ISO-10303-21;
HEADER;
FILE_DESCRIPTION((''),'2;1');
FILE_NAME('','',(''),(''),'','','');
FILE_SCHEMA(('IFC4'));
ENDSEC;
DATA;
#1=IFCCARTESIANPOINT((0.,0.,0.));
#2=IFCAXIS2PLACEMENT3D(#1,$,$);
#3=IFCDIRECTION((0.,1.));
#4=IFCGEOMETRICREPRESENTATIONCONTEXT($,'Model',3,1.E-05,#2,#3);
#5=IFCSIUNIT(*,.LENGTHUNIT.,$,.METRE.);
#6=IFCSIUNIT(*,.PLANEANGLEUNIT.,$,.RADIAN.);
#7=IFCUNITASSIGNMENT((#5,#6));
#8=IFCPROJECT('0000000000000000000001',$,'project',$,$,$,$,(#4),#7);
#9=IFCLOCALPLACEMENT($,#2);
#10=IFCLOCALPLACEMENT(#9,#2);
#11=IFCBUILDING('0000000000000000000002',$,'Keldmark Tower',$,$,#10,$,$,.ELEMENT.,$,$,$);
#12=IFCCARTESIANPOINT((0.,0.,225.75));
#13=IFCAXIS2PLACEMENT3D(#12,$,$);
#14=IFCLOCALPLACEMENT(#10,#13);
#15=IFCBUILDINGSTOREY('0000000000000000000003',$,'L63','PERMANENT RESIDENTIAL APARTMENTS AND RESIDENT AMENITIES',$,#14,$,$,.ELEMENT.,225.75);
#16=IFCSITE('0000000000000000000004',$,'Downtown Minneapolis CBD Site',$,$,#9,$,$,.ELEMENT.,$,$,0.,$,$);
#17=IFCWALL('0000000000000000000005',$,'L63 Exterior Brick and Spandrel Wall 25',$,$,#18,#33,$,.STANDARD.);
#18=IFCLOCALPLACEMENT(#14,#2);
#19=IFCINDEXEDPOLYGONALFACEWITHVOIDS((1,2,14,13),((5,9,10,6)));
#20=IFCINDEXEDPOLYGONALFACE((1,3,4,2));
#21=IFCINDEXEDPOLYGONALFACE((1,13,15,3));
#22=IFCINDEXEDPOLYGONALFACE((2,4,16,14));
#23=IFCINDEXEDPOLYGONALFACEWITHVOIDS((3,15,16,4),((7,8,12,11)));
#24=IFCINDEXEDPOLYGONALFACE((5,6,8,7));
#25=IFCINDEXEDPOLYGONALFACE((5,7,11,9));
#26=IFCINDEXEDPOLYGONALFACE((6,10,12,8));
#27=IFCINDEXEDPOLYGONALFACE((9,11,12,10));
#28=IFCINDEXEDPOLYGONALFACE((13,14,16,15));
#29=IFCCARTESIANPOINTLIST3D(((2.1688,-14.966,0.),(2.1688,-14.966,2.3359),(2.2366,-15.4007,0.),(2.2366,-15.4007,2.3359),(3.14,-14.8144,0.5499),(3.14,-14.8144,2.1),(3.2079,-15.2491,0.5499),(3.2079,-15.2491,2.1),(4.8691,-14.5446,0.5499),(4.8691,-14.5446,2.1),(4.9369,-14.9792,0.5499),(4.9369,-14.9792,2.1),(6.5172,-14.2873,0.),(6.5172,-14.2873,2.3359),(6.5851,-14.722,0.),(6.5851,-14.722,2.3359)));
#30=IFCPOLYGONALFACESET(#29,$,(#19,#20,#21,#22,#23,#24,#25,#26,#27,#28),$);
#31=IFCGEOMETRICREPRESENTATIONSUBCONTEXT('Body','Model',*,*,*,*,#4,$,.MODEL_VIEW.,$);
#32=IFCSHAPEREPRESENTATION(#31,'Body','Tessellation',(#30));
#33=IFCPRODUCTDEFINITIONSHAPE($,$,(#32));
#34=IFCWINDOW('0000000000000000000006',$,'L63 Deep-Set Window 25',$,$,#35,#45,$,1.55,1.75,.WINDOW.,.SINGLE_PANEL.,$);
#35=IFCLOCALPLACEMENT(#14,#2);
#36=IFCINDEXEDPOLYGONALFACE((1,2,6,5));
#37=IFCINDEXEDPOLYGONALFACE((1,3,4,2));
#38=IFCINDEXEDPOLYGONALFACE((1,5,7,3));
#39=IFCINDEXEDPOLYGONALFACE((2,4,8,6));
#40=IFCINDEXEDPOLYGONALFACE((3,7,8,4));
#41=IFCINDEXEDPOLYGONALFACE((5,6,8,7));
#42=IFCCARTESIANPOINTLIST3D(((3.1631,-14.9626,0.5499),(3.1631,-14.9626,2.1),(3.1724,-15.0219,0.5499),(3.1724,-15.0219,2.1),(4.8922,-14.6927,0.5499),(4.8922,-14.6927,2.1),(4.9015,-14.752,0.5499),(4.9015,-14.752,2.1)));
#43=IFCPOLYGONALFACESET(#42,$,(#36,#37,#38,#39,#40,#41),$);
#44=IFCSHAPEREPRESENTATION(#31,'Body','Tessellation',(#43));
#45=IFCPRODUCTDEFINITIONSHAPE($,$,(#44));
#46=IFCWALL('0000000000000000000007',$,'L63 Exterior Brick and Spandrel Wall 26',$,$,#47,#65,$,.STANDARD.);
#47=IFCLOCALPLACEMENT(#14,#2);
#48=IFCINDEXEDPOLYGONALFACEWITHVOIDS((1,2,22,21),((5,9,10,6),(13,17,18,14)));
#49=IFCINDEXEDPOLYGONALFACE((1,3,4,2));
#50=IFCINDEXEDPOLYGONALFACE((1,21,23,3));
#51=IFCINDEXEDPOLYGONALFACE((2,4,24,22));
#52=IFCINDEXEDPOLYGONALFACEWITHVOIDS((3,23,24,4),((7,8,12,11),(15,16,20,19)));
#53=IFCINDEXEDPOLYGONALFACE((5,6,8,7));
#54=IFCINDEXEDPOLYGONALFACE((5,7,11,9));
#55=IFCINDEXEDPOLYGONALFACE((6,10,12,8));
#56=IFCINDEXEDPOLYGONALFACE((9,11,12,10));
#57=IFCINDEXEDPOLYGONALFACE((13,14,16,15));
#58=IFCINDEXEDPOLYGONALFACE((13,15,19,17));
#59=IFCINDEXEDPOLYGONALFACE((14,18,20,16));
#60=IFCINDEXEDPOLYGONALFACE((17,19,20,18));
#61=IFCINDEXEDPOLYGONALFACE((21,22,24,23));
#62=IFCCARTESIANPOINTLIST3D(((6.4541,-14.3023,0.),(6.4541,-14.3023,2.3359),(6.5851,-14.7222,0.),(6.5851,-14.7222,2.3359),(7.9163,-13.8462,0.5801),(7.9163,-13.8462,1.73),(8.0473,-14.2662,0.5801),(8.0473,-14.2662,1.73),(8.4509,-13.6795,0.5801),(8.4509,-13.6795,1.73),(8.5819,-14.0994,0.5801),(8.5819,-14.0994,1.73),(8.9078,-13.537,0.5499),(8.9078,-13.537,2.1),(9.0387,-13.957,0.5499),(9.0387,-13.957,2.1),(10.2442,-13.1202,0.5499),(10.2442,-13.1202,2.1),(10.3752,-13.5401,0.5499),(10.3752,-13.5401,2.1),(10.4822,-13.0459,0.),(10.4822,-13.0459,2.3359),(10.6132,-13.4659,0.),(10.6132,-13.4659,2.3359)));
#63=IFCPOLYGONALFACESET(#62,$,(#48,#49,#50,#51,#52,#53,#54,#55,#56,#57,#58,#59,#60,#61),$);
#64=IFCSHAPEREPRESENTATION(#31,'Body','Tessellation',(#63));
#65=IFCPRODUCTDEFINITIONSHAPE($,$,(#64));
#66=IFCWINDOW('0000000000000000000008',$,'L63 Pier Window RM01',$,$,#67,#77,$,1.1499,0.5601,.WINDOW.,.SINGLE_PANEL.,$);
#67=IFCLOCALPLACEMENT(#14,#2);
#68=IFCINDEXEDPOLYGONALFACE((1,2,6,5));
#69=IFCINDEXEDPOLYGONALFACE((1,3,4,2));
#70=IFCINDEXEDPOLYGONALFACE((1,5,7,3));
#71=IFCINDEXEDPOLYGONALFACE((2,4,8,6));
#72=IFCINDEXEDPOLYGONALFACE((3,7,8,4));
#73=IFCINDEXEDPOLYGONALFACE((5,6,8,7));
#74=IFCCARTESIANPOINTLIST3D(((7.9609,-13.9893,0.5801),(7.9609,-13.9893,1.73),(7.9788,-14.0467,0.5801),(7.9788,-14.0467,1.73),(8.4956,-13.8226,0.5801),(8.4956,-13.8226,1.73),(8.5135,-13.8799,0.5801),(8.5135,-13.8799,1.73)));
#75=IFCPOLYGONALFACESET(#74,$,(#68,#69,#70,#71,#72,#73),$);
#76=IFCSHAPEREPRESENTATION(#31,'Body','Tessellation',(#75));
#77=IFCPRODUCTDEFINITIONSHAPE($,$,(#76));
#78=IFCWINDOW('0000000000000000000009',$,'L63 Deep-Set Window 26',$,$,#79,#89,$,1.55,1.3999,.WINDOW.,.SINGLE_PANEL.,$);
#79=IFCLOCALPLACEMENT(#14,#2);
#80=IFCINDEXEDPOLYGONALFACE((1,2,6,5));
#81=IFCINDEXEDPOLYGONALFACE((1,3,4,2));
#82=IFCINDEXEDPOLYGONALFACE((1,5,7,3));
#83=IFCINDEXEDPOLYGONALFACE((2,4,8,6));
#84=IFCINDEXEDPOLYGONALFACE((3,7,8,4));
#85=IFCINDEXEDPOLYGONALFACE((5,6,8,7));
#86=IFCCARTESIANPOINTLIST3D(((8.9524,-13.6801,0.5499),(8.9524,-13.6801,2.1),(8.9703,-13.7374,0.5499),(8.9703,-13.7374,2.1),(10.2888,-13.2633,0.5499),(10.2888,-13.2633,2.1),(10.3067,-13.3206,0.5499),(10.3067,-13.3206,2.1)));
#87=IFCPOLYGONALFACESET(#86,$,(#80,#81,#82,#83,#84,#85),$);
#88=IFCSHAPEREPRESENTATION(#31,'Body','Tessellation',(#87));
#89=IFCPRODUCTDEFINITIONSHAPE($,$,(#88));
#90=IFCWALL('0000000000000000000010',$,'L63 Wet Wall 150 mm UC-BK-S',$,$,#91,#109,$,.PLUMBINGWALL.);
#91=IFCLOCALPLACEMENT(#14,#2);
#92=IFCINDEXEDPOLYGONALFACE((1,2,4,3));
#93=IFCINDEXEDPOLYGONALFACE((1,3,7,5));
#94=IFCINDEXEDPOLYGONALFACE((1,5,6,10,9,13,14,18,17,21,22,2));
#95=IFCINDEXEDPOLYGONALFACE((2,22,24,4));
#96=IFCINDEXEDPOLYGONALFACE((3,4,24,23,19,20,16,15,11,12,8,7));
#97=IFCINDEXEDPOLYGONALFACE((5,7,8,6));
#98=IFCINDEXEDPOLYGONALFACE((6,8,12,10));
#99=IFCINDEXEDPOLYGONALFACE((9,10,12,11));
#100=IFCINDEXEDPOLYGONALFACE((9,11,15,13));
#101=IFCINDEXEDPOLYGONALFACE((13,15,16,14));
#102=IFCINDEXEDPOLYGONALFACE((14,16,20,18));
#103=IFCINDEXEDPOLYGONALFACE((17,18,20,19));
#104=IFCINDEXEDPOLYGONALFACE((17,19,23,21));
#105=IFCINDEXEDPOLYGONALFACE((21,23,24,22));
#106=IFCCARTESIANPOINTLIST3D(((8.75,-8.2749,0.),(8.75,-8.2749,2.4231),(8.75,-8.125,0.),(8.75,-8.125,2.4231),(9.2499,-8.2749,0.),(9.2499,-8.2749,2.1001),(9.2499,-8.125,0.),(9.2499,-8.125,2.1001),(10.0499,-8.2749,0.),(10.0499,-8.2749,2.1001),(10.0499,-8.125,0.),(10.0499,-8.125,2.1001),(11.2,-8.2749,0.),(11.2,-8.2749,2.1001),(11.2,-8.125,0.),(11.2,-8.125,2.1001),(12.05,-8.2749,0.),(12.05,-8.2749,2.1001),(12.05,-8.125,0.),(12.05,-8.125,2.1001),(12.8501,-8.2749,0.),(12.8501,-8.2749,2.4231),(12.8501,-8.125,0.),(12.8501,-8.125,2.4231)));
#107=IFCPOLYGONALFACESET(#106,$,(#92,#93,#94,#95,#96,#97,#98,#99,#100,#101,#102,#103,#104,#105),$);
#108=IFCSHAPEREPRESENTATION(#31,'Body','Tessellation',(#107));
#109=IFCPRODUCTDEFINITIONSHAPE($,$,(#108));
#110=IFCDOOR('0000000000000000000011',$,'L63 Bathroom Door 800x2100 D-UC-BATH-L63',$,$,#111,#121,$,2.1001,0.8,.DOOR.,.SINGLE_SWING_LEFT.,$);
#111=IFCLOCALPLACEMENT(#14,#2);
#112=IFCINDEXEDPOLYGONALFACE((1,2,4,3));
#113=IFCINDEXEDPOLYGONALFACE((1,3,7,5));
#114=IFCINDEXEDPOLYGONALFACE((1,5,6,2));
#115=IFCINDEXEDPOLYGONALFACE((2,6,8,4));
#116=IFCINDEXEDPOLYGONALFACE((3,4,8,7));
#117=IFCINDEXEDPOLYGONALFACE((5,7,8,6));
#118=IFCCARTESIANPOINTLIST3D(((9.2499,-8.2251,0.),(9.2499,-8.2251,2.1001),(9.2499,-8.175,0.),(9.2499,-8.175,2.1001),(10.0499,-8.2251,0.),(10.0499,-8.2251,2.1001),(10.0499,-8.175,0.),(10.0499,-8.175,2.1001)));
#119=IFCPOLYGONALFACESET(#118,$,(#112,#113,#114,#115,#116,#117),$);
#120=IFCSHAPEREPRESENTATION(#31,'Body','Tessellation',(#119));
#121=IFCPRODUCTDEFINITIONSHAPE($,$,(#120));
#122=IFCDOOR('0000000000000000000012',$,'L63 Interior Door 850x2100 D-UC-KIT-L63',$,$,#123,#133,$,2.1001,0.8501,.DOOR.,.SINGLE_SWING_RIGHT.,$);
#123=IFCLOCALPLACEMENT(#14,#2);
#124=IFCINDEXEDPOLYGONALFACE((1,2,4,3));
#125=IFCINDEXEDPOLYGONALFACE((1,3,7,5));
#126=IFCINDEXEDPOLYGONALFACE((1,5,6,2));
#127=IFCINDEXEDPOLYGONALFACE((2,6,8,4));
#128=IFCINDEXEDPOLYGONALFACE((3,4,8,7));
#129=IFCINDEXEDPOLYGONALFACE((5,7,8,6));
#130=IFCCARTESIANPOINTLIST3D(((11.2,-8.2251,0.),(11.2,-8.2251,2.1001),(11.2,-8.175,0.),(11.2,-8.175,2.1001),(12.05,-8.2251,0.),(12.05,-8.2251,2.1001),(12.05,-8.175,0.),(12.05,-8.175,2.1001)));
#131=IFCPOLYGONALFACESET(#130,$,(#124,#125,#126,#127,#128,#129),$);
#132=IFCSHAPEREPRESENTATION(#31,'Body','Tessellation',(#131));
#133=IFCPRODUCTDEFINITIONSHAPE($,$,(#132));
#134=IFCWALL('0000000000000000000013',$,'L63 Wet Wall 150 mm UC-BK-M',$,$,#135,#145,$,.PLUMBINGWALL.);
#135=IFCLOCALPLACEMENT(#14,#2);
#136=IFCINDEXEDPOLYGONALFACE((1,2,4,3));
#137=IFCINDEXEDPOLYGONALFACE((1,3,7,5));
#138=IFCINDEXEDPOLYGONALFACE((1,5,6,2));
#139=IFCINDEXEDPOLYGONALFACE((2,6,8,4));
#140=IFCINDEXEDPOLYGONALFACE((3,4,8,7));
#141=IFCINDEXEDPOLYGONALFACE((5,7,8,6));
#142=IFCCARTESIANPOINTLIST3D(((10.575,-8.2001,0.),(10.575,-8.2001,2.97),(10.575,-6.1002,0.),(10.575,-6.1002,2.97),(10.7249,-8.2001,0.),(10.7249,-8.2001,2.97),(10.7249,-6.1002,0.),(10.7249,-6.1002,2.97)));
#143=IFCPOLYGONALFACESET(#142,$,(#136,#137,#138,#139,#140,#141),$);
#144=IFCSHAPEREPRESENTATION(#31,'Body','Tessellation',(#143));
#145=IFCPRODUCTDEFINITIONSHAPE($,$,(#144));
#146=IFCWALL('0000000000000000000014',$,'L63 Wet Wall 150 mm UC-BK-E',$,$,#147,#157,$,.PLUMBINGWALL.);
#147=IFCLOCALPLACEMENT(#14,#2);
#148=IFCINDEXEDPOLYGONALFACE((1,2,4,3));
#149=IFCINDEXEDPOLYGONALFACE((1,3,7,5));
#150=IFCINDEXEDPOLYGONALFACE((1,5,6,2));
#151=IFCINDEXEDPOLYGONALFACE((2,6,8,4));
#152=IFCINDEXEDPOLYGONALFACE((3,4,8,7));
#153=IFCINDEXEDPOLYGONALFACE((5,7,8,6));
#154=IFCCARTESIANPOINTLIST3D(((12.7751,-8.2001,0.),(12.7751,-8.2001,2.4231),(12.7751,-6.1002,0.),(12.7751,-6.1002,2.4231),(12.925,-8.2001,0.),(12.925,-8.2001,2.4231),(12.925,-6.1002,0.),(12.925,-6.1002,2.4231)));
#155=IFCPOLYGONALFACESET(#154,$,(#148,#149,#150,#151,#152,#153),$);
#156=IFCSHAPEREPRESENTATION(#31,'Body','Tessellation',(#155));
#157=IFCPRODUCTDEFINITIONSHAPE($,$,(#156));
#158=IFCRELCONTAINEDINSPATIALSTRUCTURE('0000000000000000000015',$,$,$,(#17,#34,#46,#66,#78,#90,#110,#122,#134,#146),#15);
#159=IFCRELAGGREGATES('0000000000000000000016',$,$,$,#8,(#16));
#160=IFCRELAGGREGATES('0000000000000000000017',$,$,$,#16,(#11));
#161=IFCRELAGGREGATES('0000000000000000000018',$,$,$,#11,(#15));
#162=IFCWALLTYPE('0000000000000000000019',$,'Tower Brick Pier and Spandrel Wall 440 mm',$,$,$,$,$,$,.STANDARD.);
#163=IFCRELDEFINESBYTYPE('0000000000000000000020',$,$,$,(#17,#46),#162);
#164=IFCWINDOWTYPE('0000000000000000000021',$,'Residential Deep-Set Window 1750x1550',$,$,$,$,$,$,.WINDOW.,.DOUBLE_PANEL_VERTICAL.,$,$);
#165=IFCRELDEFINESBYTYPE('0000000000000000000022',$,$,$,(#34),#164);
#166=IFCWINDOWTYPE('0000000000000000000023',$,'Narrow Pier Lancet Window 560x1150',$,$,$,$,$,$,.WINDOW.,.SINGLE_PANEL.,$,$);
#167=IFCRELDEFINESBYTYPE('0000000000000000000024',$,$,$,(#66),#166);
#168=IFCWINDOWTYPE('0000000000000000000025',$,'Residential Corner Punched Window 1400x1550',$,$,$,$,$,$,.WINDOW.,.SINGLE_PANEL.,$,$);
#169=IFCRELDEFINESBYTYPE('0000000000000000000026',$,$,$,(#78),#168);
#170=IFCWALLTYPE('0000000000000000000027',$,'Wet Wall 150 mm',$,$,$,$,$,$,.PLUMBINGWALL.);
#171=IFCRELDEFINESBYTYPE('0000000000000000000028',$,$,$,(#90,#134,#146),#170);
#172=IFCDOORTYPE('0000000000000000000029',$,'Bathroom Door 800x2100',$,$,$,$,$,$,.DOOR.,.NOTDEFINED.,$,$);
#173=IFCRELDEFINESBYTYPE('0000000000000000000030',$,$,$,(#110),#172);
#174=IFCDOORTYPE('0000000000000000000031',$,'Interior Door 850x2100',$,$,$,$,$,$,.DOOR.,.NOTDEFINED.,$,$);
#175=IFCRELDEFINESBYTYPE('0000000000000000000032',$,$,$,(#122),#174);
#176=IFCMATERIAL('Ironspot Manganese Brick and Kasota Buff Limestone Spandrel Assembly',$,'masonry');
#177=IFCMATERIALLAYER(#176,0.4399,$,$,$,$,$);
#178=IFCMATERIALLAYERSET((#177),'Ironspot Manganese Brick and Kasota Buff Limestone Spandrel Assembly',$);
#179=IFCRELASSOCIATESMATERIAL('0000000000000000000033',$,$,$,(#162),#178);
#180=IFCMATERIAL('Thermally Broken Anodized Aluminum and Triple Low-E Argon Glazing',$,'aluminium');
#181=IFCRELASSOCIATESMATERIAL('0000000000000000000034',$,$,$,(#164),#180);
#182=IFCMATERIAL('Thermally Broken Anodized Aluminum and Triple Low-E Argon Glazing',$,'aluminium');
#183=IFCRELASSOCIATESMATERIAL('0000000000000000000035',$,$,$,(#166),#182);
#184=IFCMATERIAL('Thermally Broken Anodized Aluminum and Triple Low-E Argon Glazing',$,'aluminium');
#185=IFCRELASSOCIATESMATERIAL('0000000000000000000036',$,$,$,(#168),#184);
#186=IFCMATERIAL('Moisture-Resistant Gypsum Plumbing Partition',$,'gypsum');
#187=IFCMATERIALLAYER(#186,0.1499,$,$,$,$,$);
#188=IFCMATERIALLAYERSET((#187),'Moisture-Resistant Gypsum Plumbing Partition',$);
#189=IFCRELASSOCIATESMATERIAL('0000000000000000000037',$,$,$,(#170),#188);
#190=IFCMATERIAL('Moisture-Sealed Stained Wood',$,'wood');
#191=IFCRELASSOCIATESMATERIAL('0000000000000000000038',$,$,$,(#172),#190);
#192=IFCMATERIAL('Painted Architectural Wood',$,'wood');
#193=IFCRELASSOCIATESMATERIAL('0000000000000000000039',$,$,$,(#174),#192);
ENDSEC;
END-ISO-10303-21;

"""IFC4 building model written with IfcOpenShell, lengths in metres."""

from ifc_helpers import new_model, si_unit, direction, frame, frame_2d, origin, place, context, subcontext, project, spatial, rectangle, extrude, material, layer, layer_set, type_object, element, fill, save


model = new_model("IFC4")

# Units and contexts
model_context = context("Model", 3, precision=1e-05, world=origin(), true_north=direction((0.0, 1.0)))
body_context = subcontext(model_context, "Body", "Model", "MODEL_VIEW")
ifc_project = project(units=[si_unit("LENGTHUNIT", "METRE"), si_unit("PLANEANGLEUNIT", "RADIAN")], contexts=[model_context])

# Site, building, storey
site_placement = place(None, origin())
site = spatial("IfcSite", under=ifc_project, at=site_placement, Name="Downtown Minneapolis CBD Site", CompositionType="ELEMENT", RefElevation=0.0)
building_placement = place(site_placement, origin())
building = spatial("IfcBuilding", under=site, at=building_placement, Name="Keldmark Tower", CompositionType="ELEMENT")
storey_placement = place(building_placement, frame((0.0, 0.0, 225.75)))
storey = spatial("IfcBuildingStorey", under=building, at=storey_placement, Name="L63", Description="PERMANENT RESIDENTIAL APARTMENTS AND RESIDENT AMENITIES", CompositionType="ELEMENT", Elevation=225.75)

# Wall, opening, window
ifc_material_1 = material(Name="Ironspot Manganese Brick and Kasota Buff Limestone Spandrel Assembly", Category="masonry")
ifc_layer_1 = layer(ifc_material_1, 0.4399)
ifc_layer_set_1 = layer_set([ifc_layer_1], Name="Ironspot Manganese Brick and Kasota Buff Limestone Spandrel Assembly")
wall_type_1 = type_object("IfcWallType", Name="Tower Brick Pier and Spandrel Wall 440 mm", PredefinedType="STANDARD", material=ifc_layer_set_1)
wall_1_placement = place(storey_placement, frame((6.5513, -14.5046, 0.0), z_axis=(0.0, 0.0, 1.0), x_axis=(-0.988037, -0.154216, 0.0)))
wall_1 = element("IfcWall", 1, at=wall_1_placement, inside=storey, type_object=wall_type_1, Name="L63 Exterior Brick and Spandrel Wall 25", PredefinedType="STANDARD", context=body_context, shape_type="SweptSolid", body=[
    extrude(rectangle(XDim=4.4011, YDim=0.4399, at=frame_2d((2.2007, 0.0))), origin(), (0.0, 0.0, 1.0), 2.3359),
])
opening_1_placement = place(wall_1_placement, frame((1.6682, 0.0, 0.55)))
opening_1 = element("IfcOpeningElement", 2, at=opening_1_placement, cuts=wall_1, PredefinedType="OPENING", context=body_context, shape_type="SweptSolid", body=[
    extrude(rectangle(XDim=1.75, YDim=1.55, at=frame_2d((0.875, 0.7749))), frame((0.0, 0.23, 0.0), z_axis=(0.0, -1.0, 0.0), x_axis=(1.0, 0.0, 0.0)), (0.0, 0.0, 1.0), 0.46),
])
ifc_material_2 = material(Name="Thermally Broken Anodized Aluminum and Triple Low-E Argon Glazing", Category="aluminium")
window_type_1 = type_object("IfcWindowType", Name="Residential Deep-Set Window 1750x1550", PartitioningType="DOUBLE_PANEL_VERTICAL", PredefinedType="WINDOW", material=ifc_material_2)
window_1_placement = place(opening_1_placement, origin())
window_1 = element("IfcWindow", 3, at=window_1_placement, inside=storey, type_object=window_type_1, Name="L63 Deep-Set Window 25", OverallHeight=1.55, OverallWidth=1.75, PartitioningType="SINGLE_PANEL", PredefinedType="WINDOW", context=body_context, shape_type="SweptSolid", body=[
    extrude(rectangle(XDim=1.75, YDim=1.55, at=frame_2d((0.875, 0.7749))), frame((0.0, -0.01, 0.0), z_axis=(0.0, -1.0, 0.0), x_axis=(1.0, 0.0, 0.0)), (0.0, 0.0, 1.0), 0.0601),
])
fill(opening_1, window_1)

# Wall, openings, windows
wall_2_placement = place(storey_placement, frame((10.5479, -13.2559, 0.0), z_axis=(0.0, 0.0, 1.0), x_axis=(-0.954644, -0.297751, 0.0)))
wall_2 = element("IfcWall", 4, at=wall_2_placement, inside=storey, type_object=wall_type_1, Name="L63 Exterior Brick and Spandrel Wall 26", PredefinedType="STANDARD", context=body_context, shape_type="SweptSolid", body=[
    extrude(rectangle(XDim=4.2195, YDim=0.4399, at=frame_2d((2.1099, 0.0))), origin(), (0.0, 0.0, 1.0), 2.3359),
])
opening_2_placement = place(wall_2_placement, frame((0.2495, 0.0, 0.55)))
opening_2 = element("IfcOpeningElement", 5, at=opening_2_placement, cuts=wall_2, PredefinedType="OPENING", context=body_context, shape_type="SweptSolid", body=[
    extrude(rectangle(XDim=1.3999, YDim=1.55, at=frame_2d((0.7, 0.7749))), frame((0.0, 0.23, 0.0), z_axis=(0.0, -1.0, 0.0), x_axis=(1.0, 0.0, 0.0)), (0.0, 0.0, 1.0), 0.46),
])
opening_3_placement = place(wall_2_placement, frame((2.1279, 0.0, 0.5801)))
opening_3 = element("IfcOpeningElement", 6, at=opening_3_placement, cuts=wall_2, PredefinedType="OPENING", context=body_context, shape_type="SweptSolid", body=[
    extrude(rectangle(XDim=0.5601, YDim=1.1499, at=frame_2d((0.28, 0.575))), frame((0.0, 0.23, 0.0), z_axis=(0.0, -1.0, 0.0), x_axis=(1.0, 0.0, 0.0)), (0.0, 0.0, 1.0), 0.46),
])
ifc_material_3 = material(Name="Thermally Broken Anodized Aluminum and Triple Low-E Argon Glazing", Category="aluminium")
window_type_2 = type_object("IfcWindowType", Name="Narrow Pier Lancet Window 560x1150", PartitioningType="SINGLE_PANEL", PredefinedType="WINDOW", material=ifc_material_3)
window_2_placement = place(opening_3_placement, origin())
window_2 = element("IfcWindow", 7, at=window_2_placement, inside=storey, type_object=window_type_2, Name="L63 Pier Window RM01", OverallHeight=1.1499, OverallWidth=0.5601, PartitioningType="SINGLE_PANEL", PredefinedType="WINDOW", context=body_context, shape_type="SweptSolid", body=[
    extrude(rectangle(XDim=0.5601, YDim=1.1499, at=frame_2d((0.28, 0.575))), frame((0.0, -0.01, 0.0), z_axis=(0.0, -1.0, 0.0), x_axis=(1.0, 0.0, 0.0)), (0.0, 0.0, 1.0), 0.0601),
])
fill(opening_3, window_2)
ifc_material_4 = material(Name="Thermally Broken Anodized Aluminum and Triple Low-E Argon Glazing", Category="aluminium")
window_type_3 = type_object("IfcWindowType", Name="Residential Corner Punched Window 1400x1550", PartitioningType="SINGLE_PANEL", PredefinedType="WINDOW", material=ifc_material_4)
window_3_placement = place(opening_2_placement, origin())
window_3 = element("IfcWindow", 8, at=window_3_placement, inside=storey, type_object=window_type_3, Name="L63 Deep-Set Window 26", OverallHeight=1.55, OverallWidth=1.3999, PartitioningType="SINGLE_PANEL", PredefinedType="WINDOW", context=body_context, shape_type="SweptSolid", body=[
    extrude(rectangle(XDim=1.3999, YDim=1.55, at=frame_2d((0.7, 0.7749))), frame((0.0, -0.01, 0.0), z_axis=(0.0, -1.0, 0.0), x_axis=(1.0, 0.0, 0.0)), (0.0, 0.0, 1.0), 0.0601),
])
fill(opening_2, window_3)

# Wall, openings, doors
ifc_material_5 = material(Name="Moisture-Resistant Gypsum Plumbing Partition", Category="gypsum")
ifc_layer_2 = layer(ifc_material_5, 0.1499)
ifc_layer_set_2 = layer_set([ifc_layer_2], Name="Moisture-Resistant Gypsum Plumbing Partition")
wall_type_2 = type_object("IfcWallType", Name="Wet Wall 150 mm", PredefinedType="PLUMBINGWALL", material=ifc_layer_set_2)
wall_3_placement = place(storey_placement, frame((8.75, -8.2, 0.0), z_axis=(0.0, 0.0, 1.0), x_axis=(1.0, 0.0, 0.0)))
wall_3 = element("IfcWall", 9, at=wall_3_placement, inside=storey, type_object=wall_type_2, Name="L63 Wet Wall 150 mm UC-BK-S", PredefinedType="PLUMBINGWALL", context=body_context, shape_type="SweptSolid", body=[
    extrude(rectangle(XDim=4.1001, YDim=0.1499, at=frame_2d((2.05, 0.0))), origin(), (0.0, 0.0, 1.0), 2.4231),
])
opening_4_placement = place(wall_3_placement, frame((0.5, 0.0, 0.0)))
opening_4 = element("IfcOpeningElement", 10, at=opening_4_placement, cuts=wall_3, PredefinedType="OPENING", context=body_context, shape_type="SweptSolid", body=[
    extrude(rectangle(XDim=0.8, YDim=2.1001, at=frame_2d((0.3999, 1.05))), frame((0.0, 0.085, 0.0), z_axis=(0.0, -1.0, 0.0), x_axis=(1.0, 0.0, 0.0)), (0.0, 0.0, 1.0), 0.1699),
])
opening_5_placement = place(wall_3_placement, frame((2.45, 0.0, 0.0)))
opening_5 = element("IfcOpeningElement", 11, at=opening_5_placement, cuts=wall_3, PredefinedType="OPENING", context=body_context, shape_type="SweptSolid", body=[
    extrude(rectangle(XDim=0.8501, YDim=2.1001, at=frame_2d((0.425, 1.05))), frame((0.0, 0.085, 0.0), z_axis=(0.0, -1.0, 0.0), x_axis=(1.0, 0.0, 0.0)), (0.0, 0.0, 1.0), 0.1699),
])
ifc_material_6 = material(Name="Moisture-Sealed Stained Wood", Category="wood")
door_type_1 = type_object("IfcDoorType", Name="Bathroom Door 800x2100", OperationType="NOTDEFINED", PredefinedType="DOOR", material=ifc_material_6)
door_1_placement = place(opening_4_placement, origin())
door_1 = element("IfcDoor", 12, at=door_1_placement, inside=storey, type_object=door_type_1, Name="L63 Bathroom Door 800x2100 D-UC-BATH-L63", OperationType="SINGLE_SWING_LEFT", OverallHeight=2.1001, OverallWidth=0.8, PredefinedType="DOOR", context=body_context, shape_type="SweptSolid", body=[
    extrude(rectangle(XDim=0.8, YDim=2.1001, at=frame_2d((0.3999, 1.05))), frame((0.0, 0.0249, 0.0), z_axis=(0.0, -1.0, 0.0), x_axis=(1.0, 0.0, 0.0)), (0.0, 0.0, 1.0), 0.05),
])
fill(opening_4, door_1)
ifc_material_7 = material(Name="Painted Architectural Wood", Category="wood")
door_type_2 = type_object("IfcDoorType", Name="Interior Door 850x2100", OperationType="NOTDEFINED", PredefinedType="DOOR", material=ifc_material_7)
door_2_placement = place(opening_5_placement, origin())
door_2 = element("IfcDoor", 13, at=door_2_placement, inside=storey, type_object=door_type_2, Name="L63 Interior Door 850x2100 D-UC-KIT-L63", OperationType="SINGLE_SWING_RIGHT", OverallHeight=2.1001, OverallWidth=0.8501, PredefinedType="DOOR", context=body_context, shape_type="SweptSolid", body=[
    extrude(rectangle(XDim=0.8501, YDim=2.1001, at=frame_2d((0.425, 1.05))), frame((0.0, 0.0249, 0.0), z_axis=(0.0, -1.0, 0.0), x_axis=(1.0, 0.0, 0.0)), (0.0, 0.0, 1.0), 0.05),
])
fill(opening_5, door_2)

# Walls
wall_4_placement = place(storey_placement, frame((10.6499, -8.2, 0.0), z_axis=(0.0, 0.0, 1.0), x_axis=(0.0, 1.0, 0.0)))
element("IfcWall", 14, at=wall_4_placement, inside=storey, type_object=wall_type_2, Name="L63 Wet Wall 150 mm UC-BK-M", PredefinedType="PLUMBINGWALL", context=body_context, shape_type="SweptSolid", body=[
    extrude(rectangle(XDim=2.0999, YDim=0.1499, at=frame_2d((1.0498, 0.0))), origin(), (0.0, 0.0, 1.0), 2.97),
])
wall_5_placement = place(storey_placement, frame((12.8501, -8.2, 0.0), z_axis=(0.0, 0.0, 1.0), x_axis=(0.0, 1.0, 0.0)))
element("IfcWall", 15, at=wall_5_placement, inside=storey, type_object=wall_type_2, Name="L63 Wet Wall 150 mm UC-BK-E", PredefinedType="PLUMBINGWALL", context=body_context, shape_type="SweptSolid", body=[
    extrude(rectangle(XDim=2.0999, YDim=0.1499, at=frame_2d((1.0498, 0.0))), origin(), (0.0, 0.0, 1.0), 2.4231),
])

save(model, "model.ifc")
